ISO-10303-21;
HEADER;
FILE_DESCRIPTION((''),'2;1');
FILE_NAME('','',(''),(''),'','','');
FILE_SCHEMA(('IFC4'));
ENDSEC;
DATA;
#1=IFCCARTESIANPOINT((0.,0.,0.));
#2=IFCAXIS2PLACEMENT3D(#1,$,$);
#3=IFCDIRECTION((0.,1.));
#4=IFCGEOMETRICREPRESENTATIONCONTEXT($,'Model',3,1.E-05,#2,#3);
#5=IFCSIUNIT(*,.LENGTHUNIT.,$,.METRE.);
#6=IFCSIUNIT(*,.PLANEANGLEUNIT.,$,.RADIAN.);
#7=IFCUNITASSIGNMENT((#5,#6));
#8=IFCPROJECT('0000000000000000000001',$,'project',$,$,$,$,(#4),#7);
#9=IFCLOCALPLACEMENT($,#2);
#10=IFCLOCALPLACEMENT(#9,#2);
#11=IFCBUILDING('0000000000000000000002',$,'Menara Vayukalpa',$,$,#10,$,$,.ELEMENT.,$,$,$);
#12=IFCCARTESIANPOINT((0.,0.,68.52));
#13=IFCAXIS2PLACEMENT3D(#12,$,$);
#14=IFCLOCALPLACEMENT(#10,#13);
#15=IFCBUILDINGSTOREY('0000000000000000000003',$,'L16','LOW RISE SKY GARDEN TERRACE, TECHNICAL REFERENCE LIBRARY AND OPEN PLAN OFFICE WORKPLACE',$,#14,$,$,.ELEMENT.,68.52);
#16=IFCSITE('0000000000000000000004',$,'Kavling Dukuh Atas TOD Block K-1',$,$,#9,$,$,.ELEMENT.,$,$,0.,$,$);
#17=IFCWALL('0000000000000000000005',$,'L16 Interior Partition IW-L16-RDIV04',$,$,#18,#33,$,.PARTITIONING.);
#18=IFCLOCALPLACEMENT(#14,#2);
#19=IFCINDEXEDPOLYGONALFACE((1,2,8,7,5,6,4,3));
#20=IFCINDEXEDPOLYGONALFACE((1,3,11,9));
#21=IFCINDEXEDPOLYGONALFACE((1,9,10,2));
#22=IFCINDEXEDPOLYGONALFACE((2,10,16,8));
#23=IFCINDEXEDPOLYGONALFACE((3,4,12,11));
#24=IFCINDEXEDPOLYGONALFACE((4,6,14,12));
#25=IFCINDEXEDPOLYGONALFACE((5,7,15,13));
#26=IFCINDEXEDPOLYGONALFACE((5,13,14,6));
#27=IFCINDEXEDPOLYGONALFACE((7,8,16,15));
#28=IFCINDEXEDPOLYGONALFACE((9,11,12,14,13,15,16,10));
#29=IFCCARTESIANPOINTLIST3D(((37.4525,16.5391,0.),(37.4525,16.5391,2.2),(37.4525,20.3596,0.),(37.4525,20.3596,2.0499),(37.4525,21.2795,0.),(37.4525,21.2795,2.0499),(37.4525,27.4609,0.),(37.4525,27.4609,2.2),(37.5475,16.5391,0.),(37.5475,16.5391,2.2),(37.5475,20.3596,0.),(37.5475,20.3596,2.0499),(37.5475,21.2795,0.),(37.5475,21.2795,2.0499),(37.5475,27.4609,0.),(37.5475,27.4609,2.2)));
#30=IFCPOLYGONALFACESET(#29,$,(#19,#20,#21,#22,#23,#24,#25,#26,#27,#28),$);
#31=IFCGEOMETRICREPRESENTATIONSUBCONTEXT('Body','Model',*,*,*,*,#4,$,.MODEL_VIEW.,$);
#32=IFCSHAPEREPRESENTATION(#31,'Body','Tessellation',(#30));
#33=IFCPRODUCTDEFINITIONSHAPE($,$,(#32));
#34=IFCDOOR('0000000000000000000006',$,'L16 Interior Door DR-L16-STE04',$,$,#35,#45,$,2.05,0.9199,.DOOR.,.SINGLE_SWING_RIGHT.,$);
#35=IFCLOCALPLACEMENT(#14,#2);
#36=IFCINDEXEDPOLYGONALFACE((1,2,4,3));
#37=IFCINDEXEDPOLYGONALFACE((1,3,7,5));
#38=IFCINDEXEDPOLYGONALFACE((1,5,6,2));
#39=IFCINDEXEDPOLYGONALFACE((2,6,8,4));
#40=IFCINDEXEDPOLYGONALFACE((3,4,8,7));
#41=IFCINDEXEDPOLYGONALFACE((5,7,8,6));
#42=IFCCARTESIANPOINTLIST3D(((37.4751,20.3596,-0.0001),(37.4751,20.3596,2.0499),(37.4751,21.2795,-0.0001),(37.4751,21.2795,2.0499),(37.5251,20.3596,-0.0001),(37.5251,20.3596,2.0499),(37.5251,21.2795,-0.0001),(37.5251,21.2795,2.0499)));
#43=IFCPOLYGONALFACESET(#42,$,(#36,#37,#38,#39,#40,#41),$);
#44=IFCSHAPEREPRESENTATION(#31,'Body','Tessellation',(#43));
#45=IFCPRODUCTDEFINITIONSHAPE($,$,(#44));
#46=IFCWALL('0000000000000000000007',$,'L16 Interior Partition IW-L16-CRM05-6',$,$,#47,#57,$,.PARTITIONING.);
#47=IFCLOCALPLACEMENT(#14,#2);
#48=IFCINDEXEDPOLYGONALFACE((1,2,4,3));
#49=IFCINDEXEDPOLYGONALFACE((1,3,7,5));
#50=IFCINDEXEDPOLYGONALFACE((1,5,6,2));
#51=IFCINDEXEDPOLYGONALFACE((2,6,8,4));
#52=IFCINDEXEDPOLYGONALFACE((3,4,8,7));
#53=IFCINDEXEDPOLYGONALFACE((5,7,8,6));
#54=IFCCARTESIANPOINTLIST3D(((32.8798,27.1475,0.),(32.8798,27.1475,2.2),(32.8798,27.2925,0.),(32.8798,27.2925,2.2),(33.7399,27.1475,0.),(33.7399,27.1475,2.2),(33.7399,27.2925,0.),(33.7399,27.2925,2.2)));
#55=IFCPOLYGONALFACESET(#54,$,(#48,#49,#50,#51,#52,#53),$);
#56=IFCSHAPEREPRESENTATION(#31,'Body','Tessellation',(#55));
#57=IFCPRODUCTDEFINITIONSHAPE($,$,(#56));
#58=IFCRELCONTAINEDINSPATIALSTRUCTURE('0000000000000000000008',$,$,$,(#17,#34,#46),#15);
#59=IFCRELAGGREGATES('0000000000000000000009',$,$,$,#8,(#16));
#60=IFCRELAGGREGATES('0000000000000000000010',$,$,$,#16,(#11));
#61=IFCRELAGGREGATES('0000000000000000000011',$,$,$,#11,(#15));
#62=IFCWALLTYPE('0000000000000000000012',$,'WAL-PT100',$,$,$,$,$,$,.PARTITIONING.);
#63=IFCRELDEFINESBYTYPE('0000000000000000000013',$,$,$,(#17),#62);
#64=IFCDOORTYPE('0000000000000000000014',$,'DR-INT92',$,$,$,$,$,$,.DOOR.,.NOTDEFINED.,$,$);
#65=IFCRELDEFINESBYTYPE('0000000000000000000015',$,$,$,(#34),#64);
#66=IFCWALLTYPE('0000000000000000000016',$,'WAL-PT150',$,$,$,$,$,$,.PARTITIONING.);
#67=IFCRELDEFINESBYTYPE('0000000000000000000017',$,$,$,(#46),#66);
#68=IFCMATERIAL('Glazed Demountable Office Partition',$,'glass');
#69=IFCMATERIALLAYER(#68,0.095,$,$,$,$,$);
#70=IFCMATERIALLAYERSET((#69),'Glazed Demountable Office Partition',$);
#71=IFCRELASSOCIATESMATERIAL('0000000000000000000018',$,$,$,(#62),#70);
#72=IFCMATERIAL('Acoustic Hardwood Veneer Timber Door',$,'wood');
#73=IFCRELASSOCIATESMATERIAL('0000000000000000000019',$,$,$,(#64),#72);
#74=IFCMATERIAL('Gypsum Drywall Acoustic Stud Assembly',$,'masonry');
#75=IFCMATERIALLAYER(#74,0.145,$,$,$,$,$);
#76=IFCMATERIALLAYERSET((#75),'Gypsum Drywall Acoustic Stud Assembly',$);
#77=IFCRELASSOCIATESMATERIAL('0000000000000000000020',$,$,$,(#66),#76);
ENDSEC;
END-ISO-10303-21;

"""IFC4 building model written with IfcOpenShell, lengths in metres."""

from ifc_helpers import new_model, si_unit, direction, frame, frame_2d, origin, place, context, subcontext, project, spatial, rectangle, extrude, material, layer, layer_set, type_object, element, fill, save


model = new_model("IFC4")

# Units and contexts
model_context = context("Model", 3, precision=1e-05, world=origin(), true_north=direction((0.0, 1.0)))
body_context = subcontext(model_context, "Body", "Model", "MODEL_VIEW")
ifc_project = project(units=[si_unit("LENGTHUNIT", "METRE"), si_unit("PLANEANGLEUNIT", "RADIAN")], contexts=[model_context])

# Site, building, storey
site_placement = place(None, origin())
site = spatial("IfcSite", under=ifc_project, at=site_placement, Name="Kavling Dukuh Atas TOD Block K-1", CompositionType="ELEMENT", RefElevation=0.0)
building_placement = place(site_placement, origin())
building = spatial("IfcBuilding", under=site, at=building_placement, Name="Menara Vayukalpa", CompositionType="ELEMENT")
storey_placement = place(building_placement, frame((0.0, 0.0, 68.52)))
storey = spatial("IfcBuildingStorey", under=building, at=storey_placement, Name="L16", Description="LOW RISE SKY GARDEN TERRACE, TECHNICAL REFERENCE LIBRARY AND OPEN PLAN OFFICE WORKPLACE", CompositionType="ELEMENT", Elevation=68.52)

# Wall, opening, door
ifc_material_1 = material(Name="Glazed Demountable Office Partition", Category="glass")
ifc_layer_1 = layer(ifc_material_1, 0.095)
ifc_layer_set_1 = layer_set([ifc_layer_1], Name="Glazed Demountable Office Partition")
wall_type_1 = type_object("IfcWallType", Name="WAL-PT100", PredefinedType="PARTITIONING", material=ifc_layer_set_1)
wall_1_placement = place(storey_placement, frame((37.5, 16.5391, 0.0), z_axis=(0.0, 0.0, 1.0), x_axis=(0.0, 1.0, 0.0)))
wall_1 = element("IfcWall", 1, at=wall_1_placement, inside=storey, type_object=wall_type_1, Name="L16 Interior Partition IW-L16-RDIV04", PredefinedType="PARTITIONING", context=body_context, shape_type="SweptSolid", body=[
    extrude(rectangle(XDim=10.9219, YDim=0.095, at=frame_2d((5.4609, 0.0))), origin(), (0.0, 0.0, 1.0), 2.2),
])
opening_1_placement = place(wall_1_placement, frame((3.8206, 0.0, 0.0)))
opening_1 = element("IfcOpeningElement", 2, at=opening_1_placement, cuts=wall_1, PredefinedType="OPENING", context=body_context, shape_type="SweptSolid", body=[
    extrude(rectangle(XDim=0.9199, YDim=2.05, at=frame_2d((0.46, 1.0249))), frame((0.0, 0.0574, 0.0), z_axis=(0.0, -1.0, 0.0), x_axis=(1.0, 0.0, 0.0)), (0.0, 0.0, 1.0), 0.115),
])
ifc_material_2 = material(Name="Acoustic Hardwood Veneer Timber Door", Category="wood")
door_type_1 = type_object("IfcDoorType", Name="DR-INT92", OperationType="NOTDEFINED", PredefinedType="DOOR", material=ifc_material_2)
door_1_placement = place(opening_1_placement, origin())
door_1 = element("IfcDoor", 3, at=door_1_placement, inside=storey, type_object=door_type_1, Name="L16 Interior Door DR-L16-STE04", OperationType="SINGLE_SWING_RIGHT", OverallHeight=2.05, OverallWidth=0.9199, PredefinedType="DOOR", context=body_context, shape_type="SweptSolid", body=[
    extrude(rectangle(XDim=0.9199, YDim=2.05, at=frame_2d((0.46, 1.0249))), frame((0.0, 0.0249, 0.0), z_axis=(0.0, -1.0, 0.0), x_axis=(1.0, 0.0, 0.0)), (0.0, 0.0, 1.0), 0.05),
])
fill(opening_1, door_1)

# Wall
ifc_material_3 = material(Name="Gypsum Drywall Acoustic Stud Assembly", Category="masonry")
ifc_layer_2 = layer(ifc_material_3, 0.145)
ifc_layer_set_2 = layer_set([ifc_layer_2], Name="Gypsum Drywall Acoustic Stud Assembly")
wall_type_2 = type_object("IfcWallType", Name="WAL-PT150", PredefinedType="PARTITIONING", material=ifc_layer_set_2)
wall_2_placement = place(storey_placement, frame((33.74, 27.22, 0.0), z_axis=(0.0, 0.0, 1.0), x_axis=(-1.0, 0.0, 0.0)))
element("IfcWall", 4, at=wall_2_placement, inside=storey, type_object=wall_type_2, Name="L16 Interior Partition IW-L16-CRM05-6", PredefinedType="PARTITIONING", context=body_context, shape_type="SweptSolid", body=[
    extrude(rectangle(XDim=0.8601, YDim=0.145, at=frame_2d((0.4302, 0.0))), origin(), (0.0, 0.0, 1.0), 2.2),
])

save(model, "model.ifc")
